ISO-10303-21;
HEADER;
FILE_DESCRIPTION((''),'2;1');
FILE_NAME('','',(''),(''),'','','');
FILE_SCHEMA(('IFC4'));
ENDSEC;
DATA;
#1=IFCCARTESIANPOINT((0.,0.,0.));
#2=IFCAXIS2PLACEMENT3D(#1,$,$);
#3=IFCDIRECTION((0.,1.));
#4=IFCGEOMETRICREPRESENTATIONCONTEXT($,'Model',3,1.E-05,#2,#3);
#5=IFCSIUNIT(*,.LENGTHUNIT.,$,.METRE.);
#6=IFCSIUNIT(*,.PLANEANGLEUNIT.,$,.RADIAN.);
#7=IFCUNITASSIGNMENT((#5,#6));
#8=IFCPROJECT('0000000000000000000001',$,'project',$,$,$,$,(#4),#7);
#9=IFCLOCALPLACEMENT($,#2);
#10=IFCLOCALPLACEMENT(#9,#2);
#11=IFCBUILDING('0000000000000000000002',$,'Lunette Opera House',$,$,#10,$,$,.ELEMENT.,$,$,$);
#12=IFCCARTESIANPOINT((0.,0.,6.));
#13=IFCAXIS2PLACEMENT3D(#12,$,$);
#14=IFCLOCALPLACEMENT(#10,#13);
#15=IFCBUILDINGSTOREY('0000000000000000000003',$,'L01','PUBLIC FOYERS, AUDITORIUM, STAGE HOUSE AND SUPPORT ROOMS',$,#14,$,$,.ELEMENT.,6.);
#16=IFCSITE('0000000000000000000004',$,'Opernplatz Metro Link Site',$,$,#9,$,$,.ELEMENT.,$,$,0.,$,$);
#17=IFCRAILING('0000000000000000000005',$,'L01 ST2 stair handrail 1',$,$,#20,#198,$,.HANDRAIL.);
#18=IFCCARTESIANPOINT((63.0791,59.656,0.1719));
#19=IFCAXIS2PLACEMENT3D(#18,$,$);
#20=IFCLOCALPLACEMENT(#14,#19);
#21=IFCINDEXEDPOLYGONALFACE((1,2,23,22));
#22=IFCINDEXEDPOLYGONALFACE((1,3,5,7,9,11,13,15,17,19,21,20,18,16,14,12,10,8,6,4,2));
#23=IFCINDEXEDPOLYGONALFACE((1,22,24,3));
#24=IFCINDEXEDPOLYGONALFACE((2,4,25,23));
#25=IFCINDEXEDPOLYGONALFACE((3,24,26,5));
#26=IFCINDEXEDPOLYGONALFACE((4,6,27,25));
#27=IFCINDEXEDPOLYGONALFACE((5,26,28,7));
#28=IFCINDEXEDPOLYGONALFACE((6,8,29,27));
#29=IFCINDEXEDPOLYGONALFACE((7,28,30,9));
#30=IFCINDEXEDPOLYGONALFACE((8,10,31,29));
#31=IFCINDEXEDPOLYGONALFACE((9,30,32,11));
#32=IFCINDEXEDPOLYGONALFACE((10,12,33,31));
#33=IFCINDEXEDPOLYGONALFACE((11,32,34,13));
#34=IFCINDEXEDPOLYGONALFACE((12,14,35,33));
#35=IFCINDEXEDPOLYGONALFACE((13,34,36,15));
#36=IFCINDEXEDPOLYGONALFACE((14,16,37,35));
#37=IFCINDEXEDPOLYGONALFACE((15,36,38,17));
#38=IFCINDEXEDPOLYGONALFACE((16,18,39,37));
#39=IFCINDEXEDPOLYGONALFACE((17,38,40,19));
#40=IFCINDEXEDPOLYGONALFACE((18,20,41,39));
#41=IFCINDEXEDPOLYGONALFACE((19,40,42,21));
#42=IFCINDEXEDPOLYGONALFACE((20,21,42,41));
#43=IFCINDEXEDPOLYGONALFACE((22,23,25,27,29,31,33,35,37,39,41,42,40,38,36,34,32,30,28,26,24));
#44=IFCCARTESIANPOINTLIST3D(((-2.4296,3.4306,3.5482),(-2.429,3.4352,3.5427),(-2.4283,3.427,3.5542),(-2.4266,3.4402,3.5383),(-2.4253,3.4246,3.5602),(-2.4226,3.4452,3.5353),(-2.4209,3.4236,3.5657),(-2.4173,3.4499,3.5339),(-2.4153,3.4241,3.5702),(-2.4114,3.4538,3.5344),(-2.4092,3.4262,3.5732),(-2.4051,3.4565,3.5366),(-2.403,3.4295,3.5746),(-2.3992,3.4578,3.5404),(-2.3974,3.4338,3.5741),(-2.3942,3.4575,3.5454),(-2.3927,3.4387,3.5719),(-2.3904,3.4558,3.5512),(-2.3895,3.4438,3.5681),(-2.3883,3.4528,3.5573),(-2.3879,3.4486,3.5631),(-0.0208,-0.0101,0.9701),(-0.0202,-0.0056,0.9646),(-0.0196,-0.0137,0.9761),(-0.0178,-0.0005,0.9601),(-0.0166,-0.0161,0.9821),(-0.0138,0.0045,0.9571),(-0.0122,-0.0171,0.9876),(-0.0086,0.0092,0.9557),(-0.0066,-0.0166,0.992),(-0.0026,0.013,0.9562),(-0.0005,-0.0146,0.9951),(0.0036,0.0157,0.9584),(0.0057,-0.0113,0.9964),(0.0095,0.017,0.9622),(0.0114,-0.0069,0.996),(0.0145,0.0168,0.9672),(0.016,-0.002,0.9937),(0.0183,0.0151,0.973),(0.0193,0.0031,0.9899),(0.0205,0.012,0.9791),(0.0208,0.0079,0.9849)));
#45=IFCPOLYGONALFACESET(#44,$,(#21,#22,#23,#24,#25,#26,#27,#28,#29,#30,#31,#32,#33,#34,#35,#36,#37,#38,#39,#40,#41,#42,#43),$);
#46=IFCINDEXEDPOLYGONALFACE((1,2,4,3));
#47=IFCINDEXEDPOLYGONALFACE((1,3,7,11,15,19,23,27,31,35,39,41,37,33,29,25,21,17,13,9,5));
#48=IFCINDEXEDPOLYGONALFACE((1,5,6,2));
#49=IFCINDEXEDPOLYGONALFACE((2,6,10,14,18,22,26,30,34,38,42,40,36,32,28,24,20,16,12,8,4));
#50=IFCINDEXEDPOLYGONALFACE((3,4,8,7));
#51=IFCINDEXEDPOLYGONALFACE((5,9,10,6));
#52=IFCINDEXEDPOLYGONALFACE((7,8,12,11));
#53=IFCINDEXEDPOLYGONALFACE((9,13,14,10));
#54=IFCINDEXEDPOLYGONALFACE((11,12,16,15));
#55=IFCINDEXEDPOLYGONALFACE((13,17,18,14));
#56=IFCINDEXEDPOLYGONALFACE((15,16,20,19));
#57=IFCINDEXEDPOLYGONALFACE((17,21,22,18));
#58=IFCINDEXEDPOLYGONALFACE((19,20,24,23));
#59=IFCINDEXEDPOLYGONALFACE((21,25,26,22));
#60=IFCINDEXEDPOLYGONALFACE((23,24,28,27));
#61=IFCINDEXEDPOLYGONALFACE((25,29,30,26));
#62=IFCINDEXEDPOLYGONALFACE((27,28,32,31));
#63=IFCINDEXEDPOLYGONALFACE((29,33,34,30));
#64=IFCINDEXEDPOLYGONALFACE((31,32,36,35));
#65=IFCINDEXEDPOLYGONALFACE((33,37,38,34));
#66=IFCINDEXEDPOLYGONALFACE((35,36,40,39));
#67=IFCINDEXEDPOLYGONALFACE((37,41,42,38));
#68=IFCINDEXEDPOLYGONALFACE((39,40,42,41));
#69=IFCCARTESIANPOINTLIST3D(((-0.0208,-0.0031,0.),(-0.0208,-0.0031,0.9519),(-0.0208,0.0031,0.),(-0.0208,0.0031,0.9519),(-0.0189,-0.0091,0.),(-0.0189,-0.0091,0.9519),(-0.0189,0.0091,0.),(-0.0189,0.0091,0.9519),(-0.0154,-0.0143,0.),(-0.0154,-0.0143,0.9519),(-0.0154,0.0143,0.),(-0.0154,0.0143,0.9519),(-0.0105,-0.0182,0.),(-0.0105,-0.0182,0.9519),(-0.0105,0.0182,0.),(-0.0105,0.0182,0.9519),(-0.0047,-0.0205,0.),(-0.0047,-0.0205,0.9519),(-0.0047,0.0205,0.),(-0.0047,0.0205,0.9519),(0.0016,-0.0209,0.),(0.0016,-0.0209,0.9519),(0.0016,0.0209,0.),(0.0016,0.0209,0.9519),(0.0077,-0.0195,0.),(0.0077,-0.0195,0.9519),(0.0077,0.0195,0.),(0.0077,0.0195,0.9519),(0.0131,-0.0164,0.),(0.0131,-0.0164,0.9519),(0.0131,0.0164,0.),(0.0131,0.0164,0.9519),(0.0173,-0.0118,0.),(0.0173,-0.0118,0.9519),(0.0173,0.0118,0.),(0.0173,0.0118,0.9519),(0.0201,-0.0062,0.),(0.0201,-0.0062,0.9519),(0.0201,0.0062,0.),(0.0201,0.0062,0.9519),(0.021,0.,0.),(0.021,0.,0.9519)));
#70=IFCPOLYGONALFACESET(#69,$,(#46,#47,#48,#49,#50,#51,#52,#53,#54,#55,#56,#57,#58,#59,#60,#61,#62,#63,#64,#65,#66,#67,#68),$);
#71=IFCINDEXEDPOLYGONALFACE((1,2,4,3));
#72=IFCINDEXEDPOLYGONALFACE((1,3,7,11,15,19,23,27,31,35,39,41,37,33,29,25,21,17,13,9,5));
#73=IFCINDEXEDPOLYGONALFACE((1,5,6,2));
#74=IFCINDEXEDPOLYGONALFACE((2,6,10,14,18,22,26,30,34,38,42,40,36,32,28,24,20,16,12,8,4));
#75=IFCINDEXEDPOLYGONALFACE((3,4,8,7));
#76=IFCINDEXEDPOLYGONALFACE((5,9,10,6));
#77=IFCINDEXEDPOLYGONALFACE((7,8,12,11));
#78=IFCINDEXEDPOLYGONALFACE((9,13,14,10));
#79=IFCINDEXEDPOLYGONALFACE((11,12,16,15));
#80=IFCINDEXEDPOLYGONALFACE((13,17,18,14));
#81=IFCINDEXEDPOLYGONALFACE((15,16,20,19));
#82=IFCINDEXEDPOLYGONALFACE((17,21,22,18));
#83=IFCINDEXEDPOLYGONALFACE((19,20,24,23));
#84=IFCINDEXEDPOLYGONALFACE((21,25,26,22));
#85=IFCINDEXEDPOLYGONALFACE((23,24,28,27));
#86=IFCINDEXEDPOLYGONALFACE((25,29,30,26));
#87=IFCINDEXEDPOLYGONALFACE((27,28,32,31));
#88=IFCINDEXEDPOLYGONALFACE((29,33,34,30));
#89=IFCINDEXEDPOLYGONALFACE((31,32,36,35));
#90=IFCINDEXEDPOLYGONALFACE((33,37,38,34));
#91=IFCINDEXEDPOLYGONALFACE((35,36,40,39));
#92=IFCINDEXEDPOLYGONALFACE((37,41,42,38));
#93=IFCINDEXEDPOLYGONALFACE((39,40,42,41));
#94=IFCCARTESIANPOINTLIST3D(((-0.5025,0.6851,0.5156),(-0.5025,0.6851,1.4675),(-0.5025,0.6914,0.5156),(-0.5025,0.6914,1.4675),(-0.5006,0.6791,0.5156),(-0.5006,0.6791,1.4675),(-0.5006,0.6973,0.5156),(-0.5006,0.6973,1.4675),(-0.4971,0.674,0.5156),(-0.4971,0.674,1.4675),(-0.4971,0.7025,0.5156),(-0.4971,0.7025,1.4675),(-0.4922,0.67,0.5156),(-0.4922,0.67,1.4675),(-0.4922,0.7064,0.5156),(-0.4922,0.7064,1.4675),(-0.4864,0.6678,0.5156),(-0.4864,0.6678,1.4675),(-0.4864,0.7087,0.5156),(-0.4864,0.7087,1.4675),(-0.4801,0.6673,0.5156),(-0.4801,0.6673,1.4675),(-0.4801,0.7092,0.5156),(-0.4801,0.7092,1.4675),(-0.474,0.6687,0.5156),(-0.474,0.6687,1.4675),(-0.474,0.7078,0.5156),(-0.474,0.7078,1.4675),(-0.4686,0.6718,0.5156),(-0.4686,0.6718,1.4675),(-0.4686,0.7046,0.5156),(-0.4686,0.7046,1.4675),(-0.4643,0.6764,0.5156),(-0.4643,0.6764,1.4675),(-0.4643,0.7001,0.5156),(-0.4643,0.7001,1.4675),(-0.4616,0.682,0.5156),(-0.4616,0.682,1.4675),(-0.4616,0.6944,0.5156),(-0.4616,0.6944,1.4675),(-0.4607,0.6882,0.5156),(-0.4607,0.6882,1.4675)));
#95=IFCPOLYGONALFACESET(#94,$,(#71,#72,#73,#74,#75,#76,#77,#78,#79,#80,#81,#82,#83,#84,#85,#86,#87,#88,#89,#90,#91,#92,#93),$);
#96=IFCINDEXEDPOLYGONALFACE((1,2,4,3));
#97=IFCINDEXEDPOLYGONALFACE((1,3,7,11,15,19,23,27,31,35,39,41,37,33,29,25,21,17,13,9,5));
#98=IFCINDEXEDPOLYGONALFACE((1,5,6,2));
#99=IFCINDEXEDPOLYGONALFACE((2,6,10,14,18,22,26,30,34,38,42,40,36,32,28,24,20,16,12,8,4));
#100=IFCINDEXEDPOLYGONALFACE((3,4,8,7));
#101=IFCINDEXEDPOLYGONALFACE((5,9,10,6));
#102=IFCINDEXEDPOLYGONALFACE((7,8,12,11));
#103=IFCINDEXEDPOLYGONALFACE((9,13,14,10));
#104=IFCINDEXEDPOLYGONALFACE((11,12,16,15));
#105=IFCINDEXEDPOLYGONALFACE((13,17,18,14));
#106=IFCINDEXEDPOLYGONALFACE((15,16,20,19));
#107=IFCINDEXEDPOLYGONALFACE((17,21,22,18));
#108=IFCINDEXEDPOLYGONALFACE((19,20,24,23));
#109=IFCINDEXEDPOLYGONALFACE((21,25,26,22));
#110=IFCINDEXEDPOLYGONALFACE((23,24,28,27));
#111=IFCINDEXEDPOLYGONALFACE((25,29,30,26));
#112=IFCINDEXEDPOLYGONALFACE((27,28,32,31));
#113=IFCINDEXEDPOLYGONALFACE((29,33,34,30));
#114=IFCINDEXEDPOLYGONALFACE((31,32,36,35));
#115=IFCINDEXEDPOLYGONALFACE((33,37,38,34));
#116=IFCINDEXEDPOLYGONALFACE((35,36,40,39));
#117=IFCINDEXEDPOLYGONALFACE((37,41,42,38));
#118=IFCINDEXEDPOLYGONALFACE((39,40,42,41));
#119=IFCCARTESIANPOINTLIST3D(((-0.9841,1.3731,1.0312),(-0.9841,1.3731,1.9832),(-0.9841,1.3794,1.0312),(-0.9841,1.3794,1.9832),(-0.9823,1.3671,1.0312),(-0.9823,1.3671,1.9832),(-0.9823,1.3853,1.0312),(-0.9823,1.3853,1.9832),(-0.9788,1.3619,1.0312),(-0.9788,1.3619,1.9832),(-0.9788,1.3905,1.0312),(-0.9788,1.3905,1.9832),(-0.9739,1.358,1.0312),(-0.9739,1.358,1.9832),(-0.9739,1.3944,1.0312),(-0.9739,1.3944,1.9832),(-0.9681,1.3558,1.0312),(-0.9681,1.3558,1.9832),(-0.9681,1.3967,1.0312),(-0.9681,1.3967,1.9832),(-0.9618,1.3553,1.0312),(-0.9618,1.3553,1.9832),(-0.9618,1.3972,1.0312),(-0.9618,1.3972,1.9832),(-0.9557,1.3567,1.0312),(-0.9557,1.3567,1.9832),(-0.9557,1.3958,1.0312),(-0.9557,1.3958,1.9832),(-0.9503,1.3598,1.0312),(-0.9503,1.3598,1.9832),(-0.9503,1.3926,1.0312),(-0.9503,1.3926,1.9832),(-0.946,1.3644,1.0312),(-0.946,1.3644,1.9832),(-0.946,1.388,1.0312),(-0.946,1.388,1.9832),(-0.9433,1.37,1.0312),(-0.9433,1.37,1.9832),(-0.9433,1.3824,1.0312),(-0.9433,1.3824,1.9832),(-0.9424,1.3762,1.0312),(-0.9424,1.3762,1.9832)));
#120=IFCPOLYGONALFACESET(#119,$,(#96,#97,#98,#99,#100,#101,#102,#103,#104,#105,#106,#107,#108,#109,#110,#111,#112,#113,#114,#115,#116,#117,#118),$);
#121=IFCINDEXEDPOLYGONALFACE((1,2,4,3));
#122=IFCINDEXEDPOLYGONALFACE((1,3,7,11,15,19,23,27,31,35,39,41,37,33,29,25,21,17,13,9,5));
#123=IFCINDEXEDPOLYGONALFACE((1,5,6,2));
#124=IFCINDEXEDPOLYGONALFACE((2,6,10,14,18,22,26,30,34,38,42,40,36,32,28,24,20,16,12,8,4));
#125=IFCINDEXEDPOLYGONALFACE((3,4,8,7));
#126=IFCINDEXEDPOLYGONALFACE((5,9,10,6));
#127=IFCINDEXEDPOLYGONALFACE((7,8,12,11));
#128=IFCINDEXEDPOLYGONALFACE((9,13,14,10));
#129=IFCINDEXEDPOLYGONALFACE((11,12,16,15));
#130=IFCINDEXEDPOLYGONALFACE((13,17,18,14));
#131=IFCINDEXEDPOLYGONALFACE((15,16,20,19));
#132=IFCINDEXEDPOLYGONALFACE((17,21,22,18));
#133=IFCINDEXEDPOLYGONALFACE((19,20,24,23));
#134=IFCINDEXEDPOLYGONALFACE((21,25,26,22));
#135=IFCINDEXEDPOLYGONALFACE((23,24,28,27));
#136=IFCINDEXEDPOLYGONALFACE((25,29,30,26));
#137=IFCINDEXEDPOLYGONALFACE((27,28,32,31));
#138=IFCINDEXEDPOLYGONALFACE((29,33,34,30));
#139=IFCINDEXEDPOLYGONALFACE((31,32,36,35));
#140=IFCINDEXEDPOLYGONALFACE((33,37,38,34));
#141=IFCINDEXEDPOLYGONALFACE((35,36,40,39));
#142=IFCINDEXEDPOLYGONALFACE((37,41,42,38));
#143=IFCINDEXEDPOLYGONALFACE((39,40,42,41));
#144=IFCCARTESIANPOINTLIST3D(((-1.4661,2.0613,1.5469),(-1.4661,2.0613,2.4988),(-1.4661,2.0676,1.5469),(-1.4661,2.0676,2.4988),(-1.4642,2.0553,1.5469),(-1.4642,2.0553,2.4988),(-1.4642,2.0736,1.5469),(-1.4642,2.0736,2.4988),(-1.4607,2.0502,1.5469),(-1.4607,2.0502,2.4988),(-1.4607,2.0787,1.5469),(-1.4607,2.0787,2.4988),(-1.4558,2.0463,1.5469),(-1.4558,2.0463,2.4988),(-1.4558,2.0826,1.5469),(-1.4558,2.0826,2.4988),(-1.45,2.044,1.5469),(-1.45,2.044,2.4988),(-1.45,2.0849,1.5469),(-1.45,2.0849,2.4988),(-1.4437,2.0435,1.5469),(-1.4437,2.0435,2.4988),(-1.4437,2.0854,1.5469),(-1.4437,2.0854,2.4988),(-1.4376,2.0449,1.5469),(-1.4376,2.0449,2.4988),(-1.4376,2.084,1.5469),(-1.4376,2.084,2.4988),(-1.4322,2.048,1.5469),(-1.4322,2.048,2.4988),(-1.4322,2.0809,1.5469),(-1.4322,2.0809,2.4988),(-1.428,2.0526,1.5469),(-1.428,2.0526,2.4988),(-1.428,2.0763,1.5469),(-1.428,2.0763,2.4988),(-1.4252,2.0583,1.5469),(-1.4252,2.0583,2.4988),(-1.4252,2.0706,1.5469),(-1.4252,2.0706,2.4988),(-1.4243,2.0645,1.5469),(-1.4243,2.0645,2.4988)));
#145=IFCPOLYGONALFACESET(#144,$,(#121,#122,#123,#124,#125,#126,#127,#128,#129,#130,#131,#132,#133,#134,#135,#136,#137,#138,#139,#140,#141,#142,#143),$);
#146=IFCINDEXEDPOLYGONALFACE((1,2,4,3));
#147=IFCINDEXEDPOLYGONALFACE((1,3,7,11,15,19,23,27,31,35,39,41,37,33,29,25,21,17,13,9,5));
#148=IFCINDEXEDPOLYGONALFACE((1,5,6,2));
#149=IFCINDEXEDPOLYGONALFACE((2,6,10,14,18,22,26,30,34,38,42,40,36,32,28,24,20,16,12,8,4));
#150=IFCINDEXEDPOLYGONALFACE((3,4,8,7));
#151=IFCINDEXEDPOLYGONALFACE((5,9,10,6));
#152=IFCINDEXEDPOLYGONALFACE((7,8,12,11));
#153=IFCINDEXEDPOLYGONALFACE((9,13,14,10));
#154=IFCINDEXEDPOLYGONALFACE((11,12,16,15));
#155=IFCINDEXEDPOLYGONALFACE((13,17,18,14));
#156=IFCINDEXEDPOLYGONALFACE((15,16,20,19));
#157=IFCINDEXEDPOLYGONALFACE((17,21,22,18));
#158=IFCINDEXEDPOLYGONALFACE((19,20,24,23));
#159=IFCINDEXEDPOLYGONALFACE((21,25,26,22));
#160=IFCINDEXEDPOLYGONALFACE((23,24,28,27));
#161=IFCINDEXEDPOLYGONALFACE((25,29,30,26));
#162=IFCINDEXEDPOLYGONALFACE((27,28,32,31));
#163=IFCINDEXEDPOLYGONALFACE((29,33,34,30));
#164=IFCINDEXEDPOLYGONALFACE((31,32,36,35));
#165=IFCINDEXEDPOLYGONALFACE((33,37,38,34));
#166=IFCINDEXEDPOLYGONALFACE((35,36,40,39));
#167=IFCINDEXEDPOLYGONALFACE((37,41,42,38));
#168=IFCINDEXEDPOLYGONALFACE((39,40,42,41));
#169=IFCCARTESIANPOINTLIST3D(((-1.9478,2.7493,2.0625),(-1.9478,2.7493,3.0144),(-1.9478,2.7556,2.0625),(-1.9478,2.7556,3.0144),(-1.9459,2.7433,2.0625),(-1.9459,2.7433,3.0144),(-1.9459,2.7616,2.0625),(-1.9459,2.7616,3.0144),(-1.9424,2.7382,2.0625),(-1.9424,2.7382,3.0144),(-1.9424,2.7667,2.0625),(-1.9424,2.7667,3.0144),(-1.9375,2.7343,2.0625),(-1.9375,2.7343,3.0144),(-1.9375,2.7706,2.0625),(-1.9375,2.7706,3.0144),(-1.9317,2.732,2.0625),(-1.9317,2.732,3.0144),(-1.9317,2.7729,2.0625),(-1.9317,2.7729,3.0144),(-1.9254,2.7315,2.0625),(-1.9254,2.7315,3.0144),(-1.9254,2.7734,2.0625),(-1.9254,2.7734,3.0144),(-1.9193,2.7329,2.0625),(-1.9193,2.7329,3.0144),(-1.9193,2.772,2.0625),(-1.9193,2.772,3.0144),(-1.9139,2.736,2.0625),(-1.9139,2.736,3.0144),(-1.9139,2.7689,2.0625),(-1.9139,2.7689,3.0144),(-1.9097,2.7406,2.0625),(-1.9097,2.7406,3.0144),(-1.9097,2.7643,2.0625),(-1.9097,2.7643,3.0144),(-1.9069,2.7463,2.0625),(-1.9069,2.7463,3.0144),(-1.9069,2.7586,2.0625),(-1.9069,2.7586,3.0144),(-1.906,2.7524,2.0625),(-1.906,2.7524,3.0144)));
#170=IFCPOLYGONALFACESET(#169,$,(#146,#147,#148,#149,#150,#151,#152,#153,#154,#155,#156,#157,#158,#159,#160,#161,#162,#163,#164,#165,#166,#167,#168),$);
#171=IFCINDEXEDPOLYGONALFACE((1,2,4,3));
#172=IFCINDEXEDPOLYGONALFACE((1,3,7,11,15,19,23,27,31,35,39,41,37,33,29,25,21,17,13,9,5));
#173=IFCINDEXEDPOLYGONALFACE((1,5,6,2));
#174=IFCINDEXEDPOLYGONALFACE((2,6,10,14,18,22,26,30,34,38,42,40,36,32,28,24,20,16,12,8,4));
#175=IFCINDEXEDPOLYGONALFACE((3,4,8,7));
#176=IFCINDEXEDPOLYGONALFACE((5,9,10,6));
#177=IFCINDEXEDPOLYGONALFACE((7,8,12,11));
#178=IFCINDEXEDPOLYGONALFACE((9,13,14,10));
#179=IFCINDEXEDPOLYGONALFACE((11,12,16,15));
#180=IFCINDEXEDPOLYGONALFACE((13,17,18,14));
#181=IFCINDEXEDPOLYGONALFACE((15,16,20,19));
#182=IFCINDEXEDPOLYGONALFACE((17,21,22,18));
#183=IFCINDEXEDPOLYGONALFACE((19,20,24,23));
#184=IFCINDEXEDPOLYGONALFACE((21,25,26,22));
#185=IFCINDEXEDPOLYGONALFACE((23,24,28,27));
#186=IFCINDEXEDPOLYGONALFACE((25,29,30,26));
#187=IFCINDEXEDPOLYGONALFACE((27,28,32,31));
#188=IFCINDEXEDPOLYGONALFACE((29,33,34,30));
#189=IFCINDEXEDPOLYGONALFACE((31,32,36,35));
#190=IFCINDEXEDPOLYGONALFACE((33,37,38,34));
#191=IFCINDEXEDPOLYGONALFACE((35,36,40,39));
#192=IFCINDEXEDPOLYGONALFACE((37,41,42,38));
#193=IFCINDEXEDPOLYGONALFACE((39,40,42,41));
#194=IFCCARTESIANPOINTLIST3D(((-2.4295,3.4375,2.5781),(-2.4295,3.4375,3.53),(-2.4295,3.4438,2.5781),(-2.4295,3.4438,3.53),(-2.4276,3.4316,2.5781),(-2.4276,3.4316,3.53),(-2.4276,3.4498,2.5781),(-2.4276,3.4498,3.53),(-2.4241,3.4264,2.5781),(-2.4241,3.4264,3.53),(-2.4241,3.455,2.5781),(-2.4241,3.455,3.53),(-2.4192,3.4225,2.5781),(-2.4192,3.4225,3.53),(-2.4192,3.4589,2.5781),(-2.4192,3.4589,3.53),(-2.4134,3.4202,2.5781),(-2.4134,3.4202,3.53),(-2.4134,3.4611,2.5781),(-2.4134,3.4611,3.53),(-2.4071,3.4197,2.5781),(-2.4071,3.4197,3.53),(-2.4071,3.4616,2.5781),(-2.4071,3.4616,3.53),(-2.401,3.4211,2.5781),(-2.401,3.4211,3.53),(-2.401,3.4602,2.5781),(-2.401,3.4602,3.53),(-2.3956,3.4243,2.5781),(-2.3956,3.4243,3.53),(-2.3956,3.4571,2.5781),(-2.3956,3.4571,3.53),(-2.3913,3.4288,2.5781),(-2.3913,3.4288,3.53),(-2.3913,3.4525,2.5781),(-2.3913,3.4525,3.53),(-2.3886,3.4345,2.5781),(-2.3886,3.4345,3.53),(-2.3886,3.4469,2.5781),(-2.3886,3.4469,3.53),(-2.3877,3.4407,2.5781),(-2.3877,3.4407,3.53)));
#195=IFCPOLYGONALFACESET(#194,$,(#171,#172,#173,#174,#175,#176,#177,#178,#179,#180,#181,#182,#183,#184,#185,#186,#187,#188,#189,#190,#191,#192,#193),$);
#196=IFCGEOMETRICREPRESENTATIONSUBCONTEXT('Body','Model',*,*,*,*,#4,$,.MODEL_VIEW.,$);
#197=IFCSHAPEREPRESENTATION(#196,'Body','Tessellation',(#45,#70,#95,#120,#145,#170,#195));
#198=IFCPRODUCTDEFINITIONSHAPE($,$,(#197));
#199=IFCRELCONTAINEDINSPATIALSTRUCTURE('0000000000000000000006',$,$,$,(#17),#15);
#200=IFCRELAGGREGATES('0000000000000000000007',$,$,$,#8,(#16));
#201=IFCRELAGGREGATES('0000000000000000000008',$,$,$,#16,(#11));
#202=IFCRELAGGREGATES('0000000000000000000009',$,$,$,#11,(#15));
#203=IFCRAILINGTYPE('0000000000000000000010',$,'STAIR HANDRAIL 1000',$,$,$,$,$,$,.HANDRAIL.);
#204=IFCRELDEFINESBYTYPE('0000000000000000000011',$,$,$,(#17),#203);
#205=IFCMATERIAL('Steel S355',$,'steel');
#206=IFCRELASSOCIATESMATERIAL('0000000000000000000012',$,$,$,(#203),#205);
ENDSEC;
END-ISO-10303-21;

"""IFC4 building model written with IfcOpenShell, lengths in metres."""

from ifc_helpers import new_model, si_unit, direction, frame, origin, origin_2d, place, context, subcontext, project, spatial, circle, extrude, material, type_object, element, save


model = new_model("IFC4")

# Units and contexts
model_context = context("Model", 3, precision=1e-05, world=origin(), true_north=direction((0.0, 1.0)))
body_context = subcontext(model_context, "Body", "Model", "MODEL_VIEW")
ifc_project = project(units=[si_unit("LENGTHUNIT", "METRE"), si_unit("PLANEANGLEUNIT", "RADIAN")], contexts=[model_context])

# Site, building, storey
site_placement = place(None, origin())
site = spatial("IfcSite", under=ifc_project, at=site_placement, Name="Opernplatz Metro Link Site", CompositionType="ELEMENT", RefElevation=0.0)
building_placement = place(site_placement, origin())
building = spatial("IfcBuilding", under=site, at=building_placement, Name="Lunette Opera House", CompositionType="ELEMENT")
storey_placement = place(building_placement, frame((0.0, 0.0, 6.0)))
storey = spatial("IfcBuildingStorey", under=building, at=storey_placement, Name="L01", Description="PUBLIC FOYERS, AUDITORIUM, STAGE HOUSE AND SUPPORT ROOMS", CompositionType="ELEMENT", Elevation=6.0)

# Railing
ifc_material_1 = material(Name="Steel S355", Category="steel")
railing_type_1 = type_object("IfcRailingType", Name="STAIR HANDRAIL 1000", PredefinedType="HANDRAIL", material=ifc_material_1)
railing_1_placement = place(storey_placement, frame((63.0791, 59.656, 0.1719)))
element("IfcRailing", 1, at=railing_1_placement, inside=storey, type_object=railing_type_1, Name="L01 ST2 stair handrail 1", PredefinedType="HANDRAIL", context=body_context, shape_type="SweptSolid", body=[
    extrude(circle(Radius=0.0239, at=origin_2d()), frame((0.0, 0.0, 0.9761), z_axis=(-0.488761, 0.698166, 0.523142), x_axis=(-0.819207, -0.573497, 0.0)), (0.0, 0.0, 1.0), 4.9282),
    extrude(circle(Radius=0.021, at=origin_2d()), origin(), (0.0, 0.0, 1.0), 0.9519),
    extrude(circle(Radius=0.021, at=origin_2d()), frame((-0.4817, 0.6882, 0.5156)), (0.0, 0.0, 1.0), 0.9519),
    extrude(circle(Radius=0.021, at=origin_2d()), frame((-0.9634, 1.3762, 1.0312)), (0.0, 0.0, 1.0), 0.9519),
    extrude(circle(Radius=0.021, at=origin_2d()), frame((-1.4453, 2.0645, 1.5469)), (0.0, 0.0, 1.0), 0.9519),
    extrude(circle(Radius=0.021, at=origin_2d()), frame((-1.927, 2.7524, 2.0625)), (0.0, 0.0, 1.0), 0.9519),
    extrude(circle(Radius=0.021, at=origin_2d()), frame((-2.4087, 3.4407, 2.5781)), (0.0, 0.0, 1.0), 0.9519),
])

save(model, "model.ifc")
